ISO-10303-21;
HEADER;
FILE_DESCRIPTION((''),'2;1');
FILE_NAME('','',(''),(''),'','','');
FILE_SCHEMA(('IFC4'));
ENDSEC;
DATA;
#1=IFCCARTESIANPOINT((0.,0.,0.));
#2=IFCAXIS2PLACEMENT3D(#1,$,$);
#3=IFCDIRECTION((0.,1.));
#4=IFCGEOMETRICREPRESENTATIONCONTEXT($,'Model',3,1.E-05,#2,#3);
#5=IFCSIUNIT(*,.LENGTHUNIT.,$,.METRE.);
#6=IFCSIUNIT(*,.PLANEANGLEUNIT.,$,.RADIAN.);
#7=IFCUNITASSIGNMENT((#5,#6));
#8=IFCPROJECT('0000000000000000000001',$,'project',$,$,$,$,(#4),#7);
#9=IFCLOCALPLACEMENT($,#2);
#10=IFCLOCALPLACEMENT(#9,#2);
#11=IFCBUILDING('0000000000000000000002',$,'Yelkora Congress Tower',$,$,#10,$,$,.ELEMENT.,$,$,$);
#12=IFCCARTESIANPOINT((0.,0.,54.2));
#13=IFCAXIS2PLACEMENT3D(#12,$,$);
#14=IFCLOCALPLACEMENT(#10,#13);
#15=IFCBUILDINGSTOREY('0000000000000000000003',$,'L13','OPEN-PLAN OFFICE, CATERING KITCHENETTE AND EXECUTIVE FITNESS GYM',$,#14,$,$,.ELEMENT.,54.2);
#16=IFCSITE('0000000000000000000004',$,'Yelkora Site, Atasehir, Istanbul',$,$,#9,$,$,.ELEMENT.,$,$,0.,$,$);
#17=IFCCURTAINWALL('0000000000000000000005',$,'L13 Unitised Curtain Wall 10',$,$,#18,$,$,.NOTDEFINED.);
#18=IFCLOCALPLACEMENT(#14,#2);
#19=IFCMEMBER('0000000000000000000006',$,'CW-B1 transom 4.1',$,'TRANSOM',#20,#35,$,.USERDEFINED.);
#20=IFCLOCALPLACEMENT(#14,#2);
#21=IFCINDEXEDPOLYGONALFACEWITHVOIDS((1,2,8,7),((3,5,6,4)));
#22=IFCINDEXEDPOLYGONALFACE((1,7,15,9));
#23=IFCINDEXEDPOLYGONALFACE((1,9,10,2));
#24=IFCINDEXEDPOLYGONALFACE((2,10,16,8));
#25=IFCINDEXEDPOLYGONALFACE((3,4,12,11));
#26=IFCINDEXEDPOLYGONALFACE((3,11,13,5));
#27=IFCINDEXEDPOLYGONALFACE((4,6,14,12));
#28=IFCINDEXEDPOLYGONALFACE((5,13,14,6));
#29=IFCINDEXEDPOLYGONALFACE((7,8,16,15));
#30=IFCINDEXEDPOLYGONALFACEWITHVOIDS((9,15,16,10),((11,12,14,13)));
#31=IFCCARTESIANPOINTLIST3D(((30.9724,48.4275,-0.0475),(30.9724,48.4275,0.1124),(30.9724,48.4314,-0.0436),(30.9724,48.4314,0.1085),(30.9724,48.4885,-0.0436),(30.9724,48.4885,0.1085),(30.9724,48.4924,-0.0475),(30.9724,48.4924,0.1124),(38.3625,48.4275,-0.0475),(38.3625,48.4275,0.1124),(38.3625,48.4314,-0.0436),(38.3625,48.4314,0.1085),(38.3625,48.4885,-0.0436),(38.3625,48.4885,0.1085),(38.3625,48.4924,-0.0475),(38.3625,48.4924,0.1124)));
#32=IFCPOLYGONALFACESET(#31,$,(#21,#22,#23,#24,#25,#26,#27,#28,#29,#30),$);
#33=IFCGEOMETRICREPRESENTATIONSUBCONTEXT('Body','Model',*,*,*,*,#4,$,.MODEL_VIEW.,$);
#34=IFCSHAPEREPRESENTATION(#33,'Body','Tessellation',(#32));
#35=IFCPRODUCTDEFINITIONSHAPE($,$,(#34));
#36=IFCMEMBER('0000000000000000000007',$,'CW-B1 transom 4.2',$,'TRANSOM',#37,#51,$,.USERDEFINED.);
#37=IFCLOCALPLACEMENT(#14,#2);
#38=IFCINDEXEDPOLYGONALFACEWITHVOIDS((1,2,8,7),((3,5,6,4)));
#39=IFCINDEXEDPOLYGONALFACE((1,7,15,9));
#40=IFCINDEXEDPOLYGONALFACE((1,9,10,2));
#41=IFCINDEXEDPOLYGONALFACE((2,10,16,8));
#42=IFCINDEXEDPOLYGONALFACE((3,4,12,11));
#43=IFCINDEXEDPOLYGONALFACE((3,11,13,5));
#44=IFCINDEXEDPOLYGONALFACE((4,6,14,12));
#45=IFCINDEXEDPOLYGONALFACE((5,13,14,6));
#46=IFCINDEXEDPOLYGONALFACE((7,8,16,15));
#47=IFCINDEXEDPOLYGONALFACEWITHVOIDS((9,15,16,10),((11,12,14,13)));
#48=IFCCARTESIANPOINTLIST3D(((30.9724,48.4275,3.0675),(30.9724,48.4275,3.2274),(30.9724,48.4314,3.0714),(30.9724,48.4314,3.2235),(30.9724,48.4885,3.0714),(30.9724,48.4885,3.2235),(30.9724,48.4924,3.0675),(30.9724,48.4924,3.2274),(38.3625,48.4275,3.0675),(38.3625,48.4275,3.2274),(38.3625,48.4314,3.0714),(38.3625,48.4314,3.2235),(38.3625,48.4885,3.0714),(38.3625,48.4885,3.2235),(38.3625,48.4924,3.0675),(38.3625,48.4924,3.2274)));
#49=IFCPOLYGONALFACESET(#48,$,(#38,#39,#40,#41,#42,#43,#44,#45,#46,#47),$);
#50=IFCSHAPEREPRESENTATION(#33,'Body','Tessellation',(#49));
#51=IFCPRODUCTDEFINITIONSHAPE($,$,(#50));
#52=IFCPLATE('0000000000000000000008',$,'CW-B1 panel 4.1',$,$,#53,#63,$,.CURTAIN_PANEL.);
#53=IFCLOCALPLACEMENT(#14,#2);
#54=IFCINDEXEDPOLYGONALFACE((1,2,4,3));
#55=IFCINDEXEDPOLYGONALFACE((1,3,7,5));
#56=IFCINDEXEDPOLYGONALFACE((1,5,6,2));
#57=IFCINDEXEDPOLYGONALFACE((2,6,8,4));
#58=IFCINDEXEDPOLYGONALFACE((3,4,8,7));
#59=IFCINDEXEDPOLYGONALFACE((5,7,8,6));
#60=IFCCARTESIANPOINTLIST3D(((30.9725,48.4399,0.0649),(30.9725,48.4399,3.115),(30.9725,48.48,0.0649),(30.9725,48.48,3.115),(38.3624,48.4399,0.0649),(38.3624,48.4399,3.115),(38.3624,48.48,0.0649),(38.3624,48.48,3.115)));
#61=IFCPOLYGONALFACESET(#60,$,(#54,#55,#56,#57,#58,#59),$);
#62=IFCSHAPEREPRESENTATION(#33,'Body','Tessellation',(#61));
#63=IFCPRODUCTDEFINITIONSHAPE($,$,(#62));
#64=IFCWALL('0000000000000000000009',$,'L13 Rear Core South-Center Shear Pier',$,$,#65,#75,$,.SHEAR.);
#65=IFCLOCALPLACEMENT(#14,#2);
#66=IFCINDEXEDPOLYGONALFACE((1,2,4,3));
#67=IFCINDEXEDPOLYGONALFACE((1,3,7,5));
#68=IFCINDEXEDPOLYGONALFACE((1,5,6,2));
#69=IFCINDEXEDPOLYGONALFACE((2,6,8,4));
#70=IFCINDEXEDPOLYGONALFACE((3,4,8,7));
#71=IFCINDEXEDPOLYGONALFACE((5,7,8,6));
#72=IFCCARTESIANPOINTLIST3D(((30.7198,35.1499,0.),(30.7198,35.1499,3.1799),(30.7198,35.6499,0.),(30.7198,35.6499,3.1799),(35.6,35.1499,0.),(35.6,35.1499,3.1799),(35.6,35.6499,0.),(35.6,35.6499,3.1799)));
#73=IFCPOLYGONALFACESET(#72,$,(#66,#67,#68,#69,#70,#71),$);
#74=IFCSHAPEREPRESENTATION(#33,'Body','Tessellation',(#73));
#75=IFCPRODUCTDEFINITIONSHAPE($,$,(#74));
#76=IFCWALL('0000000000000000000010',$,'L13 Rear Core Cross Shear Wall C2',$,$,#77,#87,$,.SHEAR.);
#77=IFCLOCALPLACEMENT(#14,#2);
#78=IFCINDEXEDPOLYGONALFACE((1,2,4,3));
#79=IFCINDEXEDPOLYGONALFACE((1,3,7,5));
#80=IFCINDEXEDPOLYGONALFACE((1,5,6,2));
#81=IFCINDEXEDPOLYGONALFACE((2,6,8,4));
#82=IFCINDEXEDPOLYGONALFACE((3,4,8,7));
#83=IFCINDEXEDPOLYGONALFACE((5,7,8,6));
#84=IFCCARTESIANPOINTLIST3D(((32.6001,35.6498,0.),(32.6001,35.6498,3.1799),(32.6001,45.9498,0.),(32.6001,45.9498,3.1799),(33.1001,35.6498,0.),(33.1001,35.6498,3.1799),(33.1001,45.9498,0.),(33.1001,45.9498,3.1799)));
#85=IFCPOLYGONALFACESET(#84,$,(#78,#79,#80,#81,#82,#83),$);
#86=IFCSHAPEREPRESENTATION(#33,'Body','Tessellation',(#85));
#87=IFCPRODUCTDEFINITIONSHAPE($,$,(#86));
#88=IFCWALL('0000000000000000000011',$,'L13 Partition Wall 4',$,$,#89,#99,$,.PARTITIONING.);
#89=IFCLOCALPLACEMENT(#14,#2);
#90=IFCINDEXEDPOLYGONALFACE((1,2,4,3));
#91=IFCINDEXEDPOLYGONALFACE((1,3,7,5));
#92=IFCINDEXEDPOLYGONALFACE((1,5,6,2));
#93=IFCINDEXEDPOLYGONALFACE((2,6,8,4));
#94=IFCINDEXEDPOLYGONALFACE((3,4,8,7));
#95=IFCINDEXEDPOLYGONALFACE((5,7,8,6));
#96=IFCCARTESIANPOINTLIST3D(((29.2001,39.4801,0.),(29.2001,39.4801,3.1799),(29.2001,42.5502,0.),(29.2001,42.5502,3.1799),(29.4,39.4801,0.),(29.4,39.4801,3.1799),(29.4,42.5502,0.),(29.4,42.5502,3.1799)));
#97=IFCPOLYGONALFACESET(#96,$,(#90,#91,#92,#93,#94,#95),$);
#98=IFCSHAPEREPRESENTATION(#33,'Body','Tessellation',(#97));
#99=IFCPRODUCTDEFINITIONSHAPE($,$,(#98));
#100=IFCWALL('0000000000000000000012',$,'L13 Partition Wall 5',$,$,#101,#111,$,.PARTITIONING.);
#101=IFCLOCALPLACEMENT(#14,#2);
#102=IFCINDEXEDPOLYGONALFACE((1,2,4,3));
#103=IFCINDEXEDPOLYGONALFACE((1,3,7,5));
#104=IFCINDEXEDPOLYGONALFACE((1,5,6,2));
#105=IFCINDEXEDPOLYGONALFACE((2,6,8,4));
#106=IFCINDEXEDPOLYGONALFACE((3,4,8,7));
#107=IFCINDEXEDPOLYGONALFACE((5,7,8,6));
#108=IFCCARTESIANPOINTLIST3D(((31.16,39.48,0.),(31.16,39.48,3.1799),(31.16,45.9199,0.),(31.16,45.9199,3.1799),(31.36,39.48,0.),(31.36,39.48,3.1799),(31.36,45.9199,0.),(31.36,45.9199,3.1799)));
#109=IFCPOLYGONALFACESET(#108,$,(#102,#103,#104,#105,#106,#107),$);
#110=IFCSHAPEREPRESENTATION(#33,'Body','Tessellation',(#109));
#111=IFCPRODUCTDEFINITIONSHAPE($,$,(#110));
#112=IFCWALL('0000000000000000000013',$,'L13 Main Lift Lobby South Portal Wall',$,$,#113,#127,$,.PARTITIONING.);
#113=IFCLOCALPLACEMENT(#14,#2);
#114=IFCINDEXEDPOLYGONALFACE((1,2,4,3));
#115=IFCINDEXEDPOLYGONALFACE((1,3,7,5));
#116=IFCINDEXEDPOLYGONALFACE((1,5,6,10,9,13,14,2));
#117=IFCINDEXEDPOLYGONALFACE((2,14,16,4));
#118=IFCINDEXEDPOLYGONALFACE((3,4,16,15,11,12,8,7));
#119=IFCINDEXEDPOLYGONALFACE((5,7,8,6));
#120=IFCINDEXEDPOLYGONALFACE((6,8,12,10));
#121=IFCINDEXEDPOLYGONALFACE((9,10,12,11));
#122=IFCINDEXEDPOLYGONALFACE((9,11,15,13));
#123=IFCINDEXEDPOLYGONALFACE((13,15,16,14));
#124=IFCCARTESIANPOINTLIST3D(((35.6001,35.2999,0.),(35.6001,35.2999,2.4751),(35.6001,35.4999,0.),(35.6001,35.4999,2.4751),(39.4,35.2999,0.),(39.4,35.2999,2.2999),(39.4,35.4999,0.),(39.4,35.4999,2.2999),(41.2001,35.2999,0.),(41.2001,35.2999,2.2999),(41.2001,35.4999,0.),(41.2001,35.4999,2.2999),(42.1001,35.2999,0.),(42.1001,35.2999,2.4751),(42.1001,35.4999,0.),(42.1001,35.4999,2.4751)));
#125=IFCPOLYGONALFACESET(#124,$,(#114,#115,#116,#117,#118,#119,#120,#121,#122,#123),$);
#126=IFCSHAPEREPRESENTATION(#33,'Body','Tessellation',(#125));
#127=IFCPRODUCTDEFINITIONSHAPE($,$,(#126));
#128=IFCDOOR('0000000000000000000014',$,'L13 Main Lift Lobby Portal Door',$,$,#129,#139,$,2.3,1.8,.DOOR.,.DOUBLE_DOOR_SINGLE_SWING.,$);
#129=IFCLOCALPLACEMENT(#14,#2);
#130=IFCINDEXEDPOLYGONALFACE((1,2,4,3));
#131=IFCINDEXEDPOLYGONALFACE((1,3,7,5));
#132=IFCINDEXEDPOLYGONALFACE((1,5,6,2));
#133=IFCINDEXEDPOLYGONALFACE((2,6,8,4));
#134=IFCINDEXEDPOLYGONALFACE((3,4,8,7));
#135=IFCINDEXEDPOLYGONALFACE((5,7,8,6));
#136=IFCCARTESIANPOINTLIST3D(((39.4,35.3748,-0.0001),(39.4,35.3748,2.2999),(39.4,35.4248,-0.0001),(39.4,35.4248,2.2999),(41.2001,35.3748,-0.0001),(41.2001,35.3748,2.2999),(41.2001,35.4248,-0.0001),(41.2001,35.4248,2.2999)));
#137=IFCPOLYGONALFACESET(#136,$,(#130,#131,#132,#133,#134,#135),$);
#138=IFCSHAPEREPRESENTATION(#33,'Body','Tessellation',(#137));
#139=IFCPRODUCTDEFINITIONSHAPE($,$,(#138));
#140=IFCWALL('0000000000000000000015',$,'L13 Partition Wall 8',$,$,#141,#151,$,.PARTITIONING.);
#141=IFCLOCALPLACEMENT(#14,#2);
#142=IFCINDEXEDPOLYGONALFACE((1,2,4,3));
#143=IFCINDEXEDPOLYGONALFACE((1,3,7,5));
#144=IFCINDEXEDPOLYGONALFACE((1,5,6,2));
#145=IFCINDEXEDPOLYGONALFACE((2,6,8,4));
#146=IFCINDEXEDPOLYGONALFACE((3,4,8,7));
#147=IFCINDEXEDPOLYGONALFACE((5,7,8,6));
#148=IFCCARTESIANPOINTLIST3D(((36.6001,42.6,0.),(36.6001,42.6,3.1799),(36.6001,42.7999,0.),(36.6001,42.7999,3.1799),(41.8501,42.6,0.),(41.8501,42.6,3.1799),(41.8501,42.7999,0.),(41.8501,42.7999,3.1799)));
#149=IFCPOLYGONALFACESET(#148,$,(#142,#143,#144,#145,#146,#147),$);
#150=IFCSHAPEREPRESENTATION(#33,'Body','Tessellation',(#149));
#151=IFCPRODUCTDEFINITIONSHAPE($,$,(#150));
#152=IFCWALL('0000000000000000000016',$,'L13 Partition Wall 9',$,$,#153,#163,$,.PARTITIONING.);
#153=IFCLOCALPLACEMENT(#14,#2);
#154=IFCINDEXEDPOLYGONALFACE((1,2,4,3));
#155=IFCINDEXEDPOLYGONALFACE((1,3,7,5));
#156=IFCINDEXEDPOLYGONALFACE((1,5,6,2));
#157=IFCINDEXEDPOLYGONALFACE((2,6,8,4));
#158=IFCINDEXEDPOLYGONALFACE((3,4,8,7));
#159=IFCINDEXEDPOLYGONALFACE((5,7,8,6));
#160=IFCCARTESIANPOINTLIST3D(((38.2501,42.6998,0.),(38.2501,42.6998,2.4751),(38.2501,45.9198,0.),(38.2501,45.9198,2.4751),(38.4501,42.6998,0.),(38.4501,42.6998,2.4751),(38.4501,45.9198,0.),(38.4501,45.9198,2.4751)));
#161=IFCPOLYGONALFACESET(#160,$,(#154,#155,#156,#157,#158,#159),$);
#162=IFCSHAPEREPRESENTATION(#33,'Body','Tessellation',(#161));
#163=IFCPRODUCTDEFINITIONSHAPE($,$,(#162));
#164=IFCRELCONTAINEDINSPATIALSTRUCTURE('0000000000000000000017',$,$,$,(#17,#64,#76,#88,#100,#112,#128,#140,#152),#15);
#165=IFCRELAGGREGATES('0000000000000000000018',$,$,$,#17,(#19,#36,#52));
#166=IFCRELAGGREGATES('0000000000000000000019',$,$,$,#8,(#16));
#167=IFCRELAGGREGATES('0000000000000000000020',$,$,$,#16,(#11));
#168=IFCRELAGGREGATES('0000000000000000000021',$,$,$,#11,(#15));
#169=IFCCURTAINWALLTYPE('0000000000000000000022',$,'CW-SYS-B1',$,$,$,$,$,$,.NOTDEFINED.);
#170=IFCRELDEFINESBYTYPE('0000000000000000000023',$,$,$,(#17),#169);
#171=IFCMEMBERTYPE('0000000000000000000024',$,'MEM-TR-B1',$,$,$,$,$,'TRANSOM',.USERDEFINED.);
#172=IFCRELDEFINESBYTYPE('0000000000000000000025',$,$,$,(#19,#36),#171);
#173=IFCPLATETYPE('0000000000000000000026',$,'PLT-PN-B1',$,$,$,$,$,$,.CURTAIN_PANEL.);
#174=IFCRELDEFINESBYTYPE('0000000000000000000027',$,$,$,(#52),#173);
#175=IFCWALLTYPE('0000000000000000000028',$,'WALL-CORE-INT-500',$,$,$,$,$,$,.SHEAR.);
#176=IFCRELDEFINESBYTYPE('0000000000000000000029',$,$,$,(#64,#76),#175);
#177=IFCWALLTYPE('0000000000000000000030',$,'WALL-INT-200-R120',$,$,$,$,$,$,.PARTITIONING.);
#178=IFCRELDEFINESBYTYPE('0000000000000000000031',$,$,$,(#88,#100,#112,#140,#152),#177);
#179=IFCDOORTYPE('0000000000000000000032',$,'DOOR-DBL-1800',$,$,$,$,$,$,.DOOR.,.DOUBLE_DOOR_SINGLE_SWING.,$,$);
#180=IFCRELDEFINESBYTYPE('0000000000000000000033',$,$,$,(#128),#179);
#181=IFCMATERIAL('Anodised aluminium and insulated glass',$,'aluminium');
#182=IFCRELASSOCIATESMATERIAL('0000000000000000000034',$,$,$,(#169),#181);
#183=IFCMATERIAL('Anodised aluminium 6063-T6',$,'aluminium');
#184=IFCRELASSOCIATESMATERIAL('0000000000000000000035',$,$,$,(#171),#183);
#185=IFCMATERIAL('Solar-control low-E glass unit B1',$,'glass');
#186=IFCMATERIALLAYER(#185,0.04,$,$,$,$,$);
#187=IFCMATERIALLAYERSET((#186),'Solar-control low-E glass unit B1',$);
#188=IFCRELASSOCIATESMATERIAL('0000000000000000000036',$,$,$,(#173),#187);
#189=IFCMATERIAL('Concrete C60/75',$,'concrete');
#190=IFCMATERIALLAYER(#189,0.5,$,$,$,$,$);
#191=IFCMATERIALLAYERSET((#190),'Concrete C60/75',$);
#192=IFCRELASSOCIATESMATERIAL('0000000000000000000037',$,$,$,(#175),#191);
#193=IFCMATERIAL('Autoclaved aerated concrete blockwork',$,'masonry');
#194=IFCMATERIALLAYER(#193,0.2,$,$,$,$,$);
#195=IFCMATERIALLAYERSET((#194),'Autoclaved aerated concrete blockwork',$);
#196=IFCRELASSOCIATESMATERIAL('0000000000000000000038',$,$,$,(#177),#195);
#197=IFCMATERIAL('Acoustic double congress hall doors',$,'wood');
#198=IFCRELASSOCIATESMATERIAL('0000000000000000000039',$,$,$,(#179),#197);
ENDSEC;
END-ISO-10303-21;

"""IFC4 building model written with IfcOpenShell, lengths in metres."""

from ifc_helpers import new_model, si_unit, direction, frame, frame_2d, origin, origin_2d, place, context, subcontext, project, spatial, rectangle, hollow_rectangle, extrude, material, layer, layer_set, material_profile, profile_set, type_object, element, fill, aggregate, save


model = new_model("IFC4")

# Units and contexts
model_context = context("Model", 3, precision=1e-05, world=origin(), true_north=direction((0.0, 1.0)))
body_context = subcontext(model_context, "Body", "Model", "MODEL_VIEW")
ifc_project = project(units=[si_unit("LENGTHUNIT", "METRE"), si_unit("PLANEANGLEUNIT", "RADIAN")], contexts=[model_context])

# Site, building, storey
site_placement = place(None, origin())
site = spatial("IfcSite", under=ifc_project, at=site_placement, Name="Yelkora Site, Atasehir, Istanbul", CompositionType="ELEMENT", RefElevation=0.0)
building_placement = place(site_placement, origin())
building = spatial("IfcBuilding", under=site, at=building_placement, Name="Yelkora Congress Tower", CompositionType="ELEMENT")
storey_placement = place(building_placement, frame((0.0, 0.0, 54.2)))
storey = spatial("IfcBuildingStorey", under=building, at=storey_placement, Name="L13", Description="OPEN-PLAN OFFICE, CATERING KITCHENETTE AND EXECUTIVE FITNESS GYM", CompositionType="ELEMENT", Elevation=54.2)

# Shared definitions
ifc_material_1 = material(Name="Concrete C60/75", Category="concrete")

# Curtain wall, members, plate
ifc_material_2 = material(Name="Anodised aluminium and insulated glass", Category="aluminium")
curtain_wall_type = type_object("IfcCurtainWallType", Name="CW-SYS-B1", PredefinedType="NOTDEFINED", material=ifc_material_2)
curtain_wall_placement = place(storey_placement, origin())
curtain_wall = element("IfcCurtainWall", 1, at=curtain_wall_placement, inside=storey, type_object=curtain_wall_type, Name="L13 Unitised Curtain Wall 10", PredefinedType="NOTDEFINED")
ifc_material_3 = material(Name="Anodised aluminium 6063-T6", Category="aluminium")
ifc_material_profile_1 = material_profile(ifc_material_3, hollow_rectangle(XDim=0.0649, YDim=0.1599, WallThickness=0.0039, at=origin_2d()), Name="ALU 65x160x4")
ifc_profile_set_1 = profile_set([ifc_material_profile_1], Name="Anodised aluminium 6063-T6")
member_type_1 = type_object("IfcMemberType", Name="MEM-TR-B1", ElementType="TRANSOM", PredefinedType="USERDEFINED", material=ifc_profile_set_1)
member_1_placement = place(storey_placement, frame((30.9724, 48.46, 0.0325), z_axis=(1.0, 0.0, 0.0), x_axis=(0.0, 1.0, 0.0)))
member_1 = element("IfcMember", 2, at=member_1_placement, type_object=member_type_1, Name="CW-B1 transom 4.1", ObjectType="TRANSOM", PredefinedType="USERDEFINED", context=body_context, shape_type="SweptSolid", body=[
    extrude(hollow_rectangle(XDim=0.0649, YDim=0.1599, WallThickness=0.0039, at=origin_2d()), origin(), (0.0, 0.0, 1.0), 7.3901),
])
member_2_placement = place(storey_placement, frame((30.9724, 48.46, 3.1475), z_axis=(1.0, 0.0, 0.0), x_axis=(0.0, 1.0, 0.0)))
member_2 = element("IfcMember", 3, at=member_2_placement, type_object=member_type_1, Name="CW-B1 transom 4.2", ObjectType="TRANSOM", PredefinedType="USERDEFINED", context=body_context, shape_type="SweptSolid", body=[
    extrude(hollow_rectangle(XDim=0.0649, YDim=0.1599, WallThickness=0.0039, at=origin_2d()), origin(), (0.0, 0.0, 1.0), 7.3901),
])
ifc_material_4 = material(Name="Solar-control low-E glass unit B1", Category="glass")
ifc_layer_1 = layer(ifc_material_4, 0.04)
ifc_layer_set_1 = layer_set([ifc_layer_1], Name="Solar-control low-E glass unit B1")
plate_type = type_object("IfcPlateType", Name="PLT-PN-B1", PredefinedType="CURTAIN_PANEL", material=ifc_layer_set_1)
plate_placement = place(storey_placement, frame((34.6675, 48.46, 0.0649), z_axis=(0.0, 0.0, 1.0), x_axis=(1.0, 0.0, 0.0)))
plate = element("IfcPlate", 4, at=plate_placement, type_object=plate_type, Name="CW-B1 panel 4.1", PredefinedType="CURTAIN_PANEL", context=body_context, shape_type="SweptSolid", body=[
    extrude(rectangle(XDim=7.3899, YDim=0.04, at=origin_2d()), origin(), (0.0, 0.0, 1.0), 3.05),
])
aggregate(curtain_wall, [member_1, member_2, plate])

# Walls
ifc_layer_2 = layer(ifc_material_1, 0.5)
ifc_layer_set_2 = layer_set([ifc_layer_2], Name="Concrete C60/75")
wall_type_1 = type_object("IfcWallType", Name="WALL-CORE-INT-500", PredefinedType="SHEAR", material=ifc_layer_set_2)
wall_1_placement = place(storey_placement, frame((30.72, 35.3999, 0.0), z_axis=(0.0, 0.0, 1.0), x_axis=(1.0, 0.0, 0.0)))
element("IfcWall", 5, at=wall_1_placement, inside=storey, type_object=wall_type_1, Name="L13 Rear Core South-Center Shear Pier", PredefinedType="SHEAR", context=body_context, shape_type="SweptSolid", body=[
    extrude(rectangle(XDim=4.8801, YDim=0.5, at=frame_2d((2.4399, 0.0))), origin(), (0.0, 0.0, 1.0), 3.1799),
])
wall_2_placement = place(storey_placement, frame((32.8501, 35.6499, 0.0), z_axis=(0.0, 0.0, 1.0), x_axis=(0.0, 1.0, 0.0)))
element("IfcWall", 6, at=wall_2_placement, inside=storey, type_object=wall_type_1, Name="L13 Rear Core Cross Shear Wall C2", PredefinedType="SHEAR", context=body_context, shape_type="SweptSolid", body=[
    extrude(rectangle(XDim=10.3, YDim=0.5, at=frame_2d((5.1499, 0.0))), origin(), (0.0, 0.0, 1.0), 3.1799),
])

# Shared definitions
ifc_material_5 = material(Name="Autoclaved aerated concrete blockwork", Category="masonry")
ifc_layer_3 = layer(ifc_material_5, 0.2)
ifc_layer_set_3 = layer_set([ifc_layer_3], Name="Autoclaved aerated concrete blockwork")
wall_type_2 = type_object("IfcWallType", Name="WALL-INT-200-R120", PredefinedType="PARTITIONING", material=ifc_layer_set_3)

# Walls
wall_3_placement = place(storey_placement, frame((29.3, 39.48, 0.0), z_axis=(0.0, 0.0, 1.0), x_axis=(0.0, 1.0, 0.0)))
element("IfcWall", 7, at=wall_3_placement, inside=storey, type_object=wall_type_2, Name="L13 Partition Wall 4", PredefinedType="PARTITIONING", context=body_context, shape_type="SweptSolid", body=[
    extrude(rectangle(XDim=3.0701, YDim=0.2, at=frame_2d((1.5352, 0.0))), origin(), (0.0, 0.0, 1.0), 3.1799),
])
wall_4_placement = place(storey_placement, frame((31.26, 39.48, 0.0), z_axis=(0.0, 0.0, 1.0), x_axis=(0.0, 1.0, 0.0)))
element("IfcWall", 8, at=wall_4_placement, inside=storey, type_object=wall_type_2, Name="L13 Partition Wall 5", PredefinedType="PARTITIONING", context=body_context, shape_type="SweptSolid", body=[
    extrude(rectangle(XDim=6.4399, YDim=0.2, at=frame_2d((3.22, 0.0))), origin(), (0.0, 0.0, 1.0), 3.1799),
])

# Wall, opening, door
wall_5_placement = place(storey_placement, frame((35.6001, 35.3999, 0.0), z_axis=(0.0, 0.0, 1.0), x_axis=(1.0, 0.0, 0.0)))
wall_5 = element("IfcWall", 9, at=wall_5_placement, inside=storey, type_object=wall_type_2, Name="L13 Main Lift Lobby South Portal Wall", PredefinedType="PARTITIONING", context=body_context, shape_type="SweptSolid", body=[
    extrude(rectangle(XDim=6.5, YDim=0.2, at=frame_2d((3.25, 0.0))), origin(), (0.0, 0.0, 1.0), 2.4751),
])
opening_1_placement = place(wall_5_placement, frame((3.8, 0.0, 0.0)))
opening_1 = element("IfcOpeningElement", 10, at=opening_1_placement, cuts=wall_5, PredefinedType="OPENING", context=body_context, shape_type="SweptSolid", body=[
    extrude(rectangle(XDim=1.8, YDim=2.3, at=frame_2d((0.8999, 1.1499))), frame((0.0, 0.1099, 0.0), z_axis=(0.0, -1.0, 0.0), x_axis=(1.0, 0.0, 0.0)), (0.0, 0.0, 1.0), 0.22),
])
ifc_material_6 = material(Name="Acoustic double congress hall doors", Category="wood")
door_type_1 = type_object("IfcDoorType", Name="DOOR-DBL-1800", OperationType="DOUBLE_DOOR_SINGLE_SWING", PredefinedType="DOOR", material=ifc_material_6)
door_1_placement = place(opening_1_placement, origin())
door_1 = element("IfcDoor", 11, at=door_1_placement, inside=storey, type_object=door_type_1, Name="L13 Main Lift Lobby Portal Door", OperationType="DOUBLE_DOOR_SINGLE_SWING", OverallHeight=2.3, OverallWidth=1.8, PredefinedType="DOOR", context=body_context, shape_type="SweptSolid", body=[
    extrude(rectangle(XDim=1.8, YDim=2.3, at=frame_2d((0.8999, 1.1499))), frame((0.0, 0.0249, 0.0), z_axis=(0.0, -1.0, 0.0), x_axis=(1.0, 0.0, 0.0)), (0.0, 0.0, 1.0), 0.05),
])
fill(opening_1, door_1)

# Walls
wall_6_placement = place(storey_placement, frame((36.6001, 42.7, 0.0), z_axis=(0.0, 0.0, 1.0), x_axis=(1.0, 0.0, 0.0)))
element("IfcWall", 12, at=wall_6_placement, inside=storey, type_object=wall_type_2, Name="L13 Partition Wall 8", PredefinedType="PARTITIONING", context=body_context, shape_type="SweptSolid", body=[
    extrude(rectangle(XDim=5.25, YDim=0.2, at=frame_2d((2.625, 0.0))), origin(), (0.0, 0.0, 1.0), 3.1799),
])
wall_7_placement = place(storey_placement, frame((38.3501, 42.7, 0.0), z_axis=(0.0, 0.0, 1.0), x_axis=(0.0, 1.0, 0.0)))
element("IfcWall", 13, at=wall_7_placement, inside=storey, type_object=wall_type_2, Name="L13 Partition Wall 9", PredefinedType="PARTITIONING", context=body_context, shape_type="SweptSolid", body=[
    extrude(rectangle(XDim=3.22, YDim=0.2, at=frame_2d((1.6099, 0.0))), origin(), (0.0, 0.0, 1.0), 2.4751),
])

save(model, "model.ifc")
